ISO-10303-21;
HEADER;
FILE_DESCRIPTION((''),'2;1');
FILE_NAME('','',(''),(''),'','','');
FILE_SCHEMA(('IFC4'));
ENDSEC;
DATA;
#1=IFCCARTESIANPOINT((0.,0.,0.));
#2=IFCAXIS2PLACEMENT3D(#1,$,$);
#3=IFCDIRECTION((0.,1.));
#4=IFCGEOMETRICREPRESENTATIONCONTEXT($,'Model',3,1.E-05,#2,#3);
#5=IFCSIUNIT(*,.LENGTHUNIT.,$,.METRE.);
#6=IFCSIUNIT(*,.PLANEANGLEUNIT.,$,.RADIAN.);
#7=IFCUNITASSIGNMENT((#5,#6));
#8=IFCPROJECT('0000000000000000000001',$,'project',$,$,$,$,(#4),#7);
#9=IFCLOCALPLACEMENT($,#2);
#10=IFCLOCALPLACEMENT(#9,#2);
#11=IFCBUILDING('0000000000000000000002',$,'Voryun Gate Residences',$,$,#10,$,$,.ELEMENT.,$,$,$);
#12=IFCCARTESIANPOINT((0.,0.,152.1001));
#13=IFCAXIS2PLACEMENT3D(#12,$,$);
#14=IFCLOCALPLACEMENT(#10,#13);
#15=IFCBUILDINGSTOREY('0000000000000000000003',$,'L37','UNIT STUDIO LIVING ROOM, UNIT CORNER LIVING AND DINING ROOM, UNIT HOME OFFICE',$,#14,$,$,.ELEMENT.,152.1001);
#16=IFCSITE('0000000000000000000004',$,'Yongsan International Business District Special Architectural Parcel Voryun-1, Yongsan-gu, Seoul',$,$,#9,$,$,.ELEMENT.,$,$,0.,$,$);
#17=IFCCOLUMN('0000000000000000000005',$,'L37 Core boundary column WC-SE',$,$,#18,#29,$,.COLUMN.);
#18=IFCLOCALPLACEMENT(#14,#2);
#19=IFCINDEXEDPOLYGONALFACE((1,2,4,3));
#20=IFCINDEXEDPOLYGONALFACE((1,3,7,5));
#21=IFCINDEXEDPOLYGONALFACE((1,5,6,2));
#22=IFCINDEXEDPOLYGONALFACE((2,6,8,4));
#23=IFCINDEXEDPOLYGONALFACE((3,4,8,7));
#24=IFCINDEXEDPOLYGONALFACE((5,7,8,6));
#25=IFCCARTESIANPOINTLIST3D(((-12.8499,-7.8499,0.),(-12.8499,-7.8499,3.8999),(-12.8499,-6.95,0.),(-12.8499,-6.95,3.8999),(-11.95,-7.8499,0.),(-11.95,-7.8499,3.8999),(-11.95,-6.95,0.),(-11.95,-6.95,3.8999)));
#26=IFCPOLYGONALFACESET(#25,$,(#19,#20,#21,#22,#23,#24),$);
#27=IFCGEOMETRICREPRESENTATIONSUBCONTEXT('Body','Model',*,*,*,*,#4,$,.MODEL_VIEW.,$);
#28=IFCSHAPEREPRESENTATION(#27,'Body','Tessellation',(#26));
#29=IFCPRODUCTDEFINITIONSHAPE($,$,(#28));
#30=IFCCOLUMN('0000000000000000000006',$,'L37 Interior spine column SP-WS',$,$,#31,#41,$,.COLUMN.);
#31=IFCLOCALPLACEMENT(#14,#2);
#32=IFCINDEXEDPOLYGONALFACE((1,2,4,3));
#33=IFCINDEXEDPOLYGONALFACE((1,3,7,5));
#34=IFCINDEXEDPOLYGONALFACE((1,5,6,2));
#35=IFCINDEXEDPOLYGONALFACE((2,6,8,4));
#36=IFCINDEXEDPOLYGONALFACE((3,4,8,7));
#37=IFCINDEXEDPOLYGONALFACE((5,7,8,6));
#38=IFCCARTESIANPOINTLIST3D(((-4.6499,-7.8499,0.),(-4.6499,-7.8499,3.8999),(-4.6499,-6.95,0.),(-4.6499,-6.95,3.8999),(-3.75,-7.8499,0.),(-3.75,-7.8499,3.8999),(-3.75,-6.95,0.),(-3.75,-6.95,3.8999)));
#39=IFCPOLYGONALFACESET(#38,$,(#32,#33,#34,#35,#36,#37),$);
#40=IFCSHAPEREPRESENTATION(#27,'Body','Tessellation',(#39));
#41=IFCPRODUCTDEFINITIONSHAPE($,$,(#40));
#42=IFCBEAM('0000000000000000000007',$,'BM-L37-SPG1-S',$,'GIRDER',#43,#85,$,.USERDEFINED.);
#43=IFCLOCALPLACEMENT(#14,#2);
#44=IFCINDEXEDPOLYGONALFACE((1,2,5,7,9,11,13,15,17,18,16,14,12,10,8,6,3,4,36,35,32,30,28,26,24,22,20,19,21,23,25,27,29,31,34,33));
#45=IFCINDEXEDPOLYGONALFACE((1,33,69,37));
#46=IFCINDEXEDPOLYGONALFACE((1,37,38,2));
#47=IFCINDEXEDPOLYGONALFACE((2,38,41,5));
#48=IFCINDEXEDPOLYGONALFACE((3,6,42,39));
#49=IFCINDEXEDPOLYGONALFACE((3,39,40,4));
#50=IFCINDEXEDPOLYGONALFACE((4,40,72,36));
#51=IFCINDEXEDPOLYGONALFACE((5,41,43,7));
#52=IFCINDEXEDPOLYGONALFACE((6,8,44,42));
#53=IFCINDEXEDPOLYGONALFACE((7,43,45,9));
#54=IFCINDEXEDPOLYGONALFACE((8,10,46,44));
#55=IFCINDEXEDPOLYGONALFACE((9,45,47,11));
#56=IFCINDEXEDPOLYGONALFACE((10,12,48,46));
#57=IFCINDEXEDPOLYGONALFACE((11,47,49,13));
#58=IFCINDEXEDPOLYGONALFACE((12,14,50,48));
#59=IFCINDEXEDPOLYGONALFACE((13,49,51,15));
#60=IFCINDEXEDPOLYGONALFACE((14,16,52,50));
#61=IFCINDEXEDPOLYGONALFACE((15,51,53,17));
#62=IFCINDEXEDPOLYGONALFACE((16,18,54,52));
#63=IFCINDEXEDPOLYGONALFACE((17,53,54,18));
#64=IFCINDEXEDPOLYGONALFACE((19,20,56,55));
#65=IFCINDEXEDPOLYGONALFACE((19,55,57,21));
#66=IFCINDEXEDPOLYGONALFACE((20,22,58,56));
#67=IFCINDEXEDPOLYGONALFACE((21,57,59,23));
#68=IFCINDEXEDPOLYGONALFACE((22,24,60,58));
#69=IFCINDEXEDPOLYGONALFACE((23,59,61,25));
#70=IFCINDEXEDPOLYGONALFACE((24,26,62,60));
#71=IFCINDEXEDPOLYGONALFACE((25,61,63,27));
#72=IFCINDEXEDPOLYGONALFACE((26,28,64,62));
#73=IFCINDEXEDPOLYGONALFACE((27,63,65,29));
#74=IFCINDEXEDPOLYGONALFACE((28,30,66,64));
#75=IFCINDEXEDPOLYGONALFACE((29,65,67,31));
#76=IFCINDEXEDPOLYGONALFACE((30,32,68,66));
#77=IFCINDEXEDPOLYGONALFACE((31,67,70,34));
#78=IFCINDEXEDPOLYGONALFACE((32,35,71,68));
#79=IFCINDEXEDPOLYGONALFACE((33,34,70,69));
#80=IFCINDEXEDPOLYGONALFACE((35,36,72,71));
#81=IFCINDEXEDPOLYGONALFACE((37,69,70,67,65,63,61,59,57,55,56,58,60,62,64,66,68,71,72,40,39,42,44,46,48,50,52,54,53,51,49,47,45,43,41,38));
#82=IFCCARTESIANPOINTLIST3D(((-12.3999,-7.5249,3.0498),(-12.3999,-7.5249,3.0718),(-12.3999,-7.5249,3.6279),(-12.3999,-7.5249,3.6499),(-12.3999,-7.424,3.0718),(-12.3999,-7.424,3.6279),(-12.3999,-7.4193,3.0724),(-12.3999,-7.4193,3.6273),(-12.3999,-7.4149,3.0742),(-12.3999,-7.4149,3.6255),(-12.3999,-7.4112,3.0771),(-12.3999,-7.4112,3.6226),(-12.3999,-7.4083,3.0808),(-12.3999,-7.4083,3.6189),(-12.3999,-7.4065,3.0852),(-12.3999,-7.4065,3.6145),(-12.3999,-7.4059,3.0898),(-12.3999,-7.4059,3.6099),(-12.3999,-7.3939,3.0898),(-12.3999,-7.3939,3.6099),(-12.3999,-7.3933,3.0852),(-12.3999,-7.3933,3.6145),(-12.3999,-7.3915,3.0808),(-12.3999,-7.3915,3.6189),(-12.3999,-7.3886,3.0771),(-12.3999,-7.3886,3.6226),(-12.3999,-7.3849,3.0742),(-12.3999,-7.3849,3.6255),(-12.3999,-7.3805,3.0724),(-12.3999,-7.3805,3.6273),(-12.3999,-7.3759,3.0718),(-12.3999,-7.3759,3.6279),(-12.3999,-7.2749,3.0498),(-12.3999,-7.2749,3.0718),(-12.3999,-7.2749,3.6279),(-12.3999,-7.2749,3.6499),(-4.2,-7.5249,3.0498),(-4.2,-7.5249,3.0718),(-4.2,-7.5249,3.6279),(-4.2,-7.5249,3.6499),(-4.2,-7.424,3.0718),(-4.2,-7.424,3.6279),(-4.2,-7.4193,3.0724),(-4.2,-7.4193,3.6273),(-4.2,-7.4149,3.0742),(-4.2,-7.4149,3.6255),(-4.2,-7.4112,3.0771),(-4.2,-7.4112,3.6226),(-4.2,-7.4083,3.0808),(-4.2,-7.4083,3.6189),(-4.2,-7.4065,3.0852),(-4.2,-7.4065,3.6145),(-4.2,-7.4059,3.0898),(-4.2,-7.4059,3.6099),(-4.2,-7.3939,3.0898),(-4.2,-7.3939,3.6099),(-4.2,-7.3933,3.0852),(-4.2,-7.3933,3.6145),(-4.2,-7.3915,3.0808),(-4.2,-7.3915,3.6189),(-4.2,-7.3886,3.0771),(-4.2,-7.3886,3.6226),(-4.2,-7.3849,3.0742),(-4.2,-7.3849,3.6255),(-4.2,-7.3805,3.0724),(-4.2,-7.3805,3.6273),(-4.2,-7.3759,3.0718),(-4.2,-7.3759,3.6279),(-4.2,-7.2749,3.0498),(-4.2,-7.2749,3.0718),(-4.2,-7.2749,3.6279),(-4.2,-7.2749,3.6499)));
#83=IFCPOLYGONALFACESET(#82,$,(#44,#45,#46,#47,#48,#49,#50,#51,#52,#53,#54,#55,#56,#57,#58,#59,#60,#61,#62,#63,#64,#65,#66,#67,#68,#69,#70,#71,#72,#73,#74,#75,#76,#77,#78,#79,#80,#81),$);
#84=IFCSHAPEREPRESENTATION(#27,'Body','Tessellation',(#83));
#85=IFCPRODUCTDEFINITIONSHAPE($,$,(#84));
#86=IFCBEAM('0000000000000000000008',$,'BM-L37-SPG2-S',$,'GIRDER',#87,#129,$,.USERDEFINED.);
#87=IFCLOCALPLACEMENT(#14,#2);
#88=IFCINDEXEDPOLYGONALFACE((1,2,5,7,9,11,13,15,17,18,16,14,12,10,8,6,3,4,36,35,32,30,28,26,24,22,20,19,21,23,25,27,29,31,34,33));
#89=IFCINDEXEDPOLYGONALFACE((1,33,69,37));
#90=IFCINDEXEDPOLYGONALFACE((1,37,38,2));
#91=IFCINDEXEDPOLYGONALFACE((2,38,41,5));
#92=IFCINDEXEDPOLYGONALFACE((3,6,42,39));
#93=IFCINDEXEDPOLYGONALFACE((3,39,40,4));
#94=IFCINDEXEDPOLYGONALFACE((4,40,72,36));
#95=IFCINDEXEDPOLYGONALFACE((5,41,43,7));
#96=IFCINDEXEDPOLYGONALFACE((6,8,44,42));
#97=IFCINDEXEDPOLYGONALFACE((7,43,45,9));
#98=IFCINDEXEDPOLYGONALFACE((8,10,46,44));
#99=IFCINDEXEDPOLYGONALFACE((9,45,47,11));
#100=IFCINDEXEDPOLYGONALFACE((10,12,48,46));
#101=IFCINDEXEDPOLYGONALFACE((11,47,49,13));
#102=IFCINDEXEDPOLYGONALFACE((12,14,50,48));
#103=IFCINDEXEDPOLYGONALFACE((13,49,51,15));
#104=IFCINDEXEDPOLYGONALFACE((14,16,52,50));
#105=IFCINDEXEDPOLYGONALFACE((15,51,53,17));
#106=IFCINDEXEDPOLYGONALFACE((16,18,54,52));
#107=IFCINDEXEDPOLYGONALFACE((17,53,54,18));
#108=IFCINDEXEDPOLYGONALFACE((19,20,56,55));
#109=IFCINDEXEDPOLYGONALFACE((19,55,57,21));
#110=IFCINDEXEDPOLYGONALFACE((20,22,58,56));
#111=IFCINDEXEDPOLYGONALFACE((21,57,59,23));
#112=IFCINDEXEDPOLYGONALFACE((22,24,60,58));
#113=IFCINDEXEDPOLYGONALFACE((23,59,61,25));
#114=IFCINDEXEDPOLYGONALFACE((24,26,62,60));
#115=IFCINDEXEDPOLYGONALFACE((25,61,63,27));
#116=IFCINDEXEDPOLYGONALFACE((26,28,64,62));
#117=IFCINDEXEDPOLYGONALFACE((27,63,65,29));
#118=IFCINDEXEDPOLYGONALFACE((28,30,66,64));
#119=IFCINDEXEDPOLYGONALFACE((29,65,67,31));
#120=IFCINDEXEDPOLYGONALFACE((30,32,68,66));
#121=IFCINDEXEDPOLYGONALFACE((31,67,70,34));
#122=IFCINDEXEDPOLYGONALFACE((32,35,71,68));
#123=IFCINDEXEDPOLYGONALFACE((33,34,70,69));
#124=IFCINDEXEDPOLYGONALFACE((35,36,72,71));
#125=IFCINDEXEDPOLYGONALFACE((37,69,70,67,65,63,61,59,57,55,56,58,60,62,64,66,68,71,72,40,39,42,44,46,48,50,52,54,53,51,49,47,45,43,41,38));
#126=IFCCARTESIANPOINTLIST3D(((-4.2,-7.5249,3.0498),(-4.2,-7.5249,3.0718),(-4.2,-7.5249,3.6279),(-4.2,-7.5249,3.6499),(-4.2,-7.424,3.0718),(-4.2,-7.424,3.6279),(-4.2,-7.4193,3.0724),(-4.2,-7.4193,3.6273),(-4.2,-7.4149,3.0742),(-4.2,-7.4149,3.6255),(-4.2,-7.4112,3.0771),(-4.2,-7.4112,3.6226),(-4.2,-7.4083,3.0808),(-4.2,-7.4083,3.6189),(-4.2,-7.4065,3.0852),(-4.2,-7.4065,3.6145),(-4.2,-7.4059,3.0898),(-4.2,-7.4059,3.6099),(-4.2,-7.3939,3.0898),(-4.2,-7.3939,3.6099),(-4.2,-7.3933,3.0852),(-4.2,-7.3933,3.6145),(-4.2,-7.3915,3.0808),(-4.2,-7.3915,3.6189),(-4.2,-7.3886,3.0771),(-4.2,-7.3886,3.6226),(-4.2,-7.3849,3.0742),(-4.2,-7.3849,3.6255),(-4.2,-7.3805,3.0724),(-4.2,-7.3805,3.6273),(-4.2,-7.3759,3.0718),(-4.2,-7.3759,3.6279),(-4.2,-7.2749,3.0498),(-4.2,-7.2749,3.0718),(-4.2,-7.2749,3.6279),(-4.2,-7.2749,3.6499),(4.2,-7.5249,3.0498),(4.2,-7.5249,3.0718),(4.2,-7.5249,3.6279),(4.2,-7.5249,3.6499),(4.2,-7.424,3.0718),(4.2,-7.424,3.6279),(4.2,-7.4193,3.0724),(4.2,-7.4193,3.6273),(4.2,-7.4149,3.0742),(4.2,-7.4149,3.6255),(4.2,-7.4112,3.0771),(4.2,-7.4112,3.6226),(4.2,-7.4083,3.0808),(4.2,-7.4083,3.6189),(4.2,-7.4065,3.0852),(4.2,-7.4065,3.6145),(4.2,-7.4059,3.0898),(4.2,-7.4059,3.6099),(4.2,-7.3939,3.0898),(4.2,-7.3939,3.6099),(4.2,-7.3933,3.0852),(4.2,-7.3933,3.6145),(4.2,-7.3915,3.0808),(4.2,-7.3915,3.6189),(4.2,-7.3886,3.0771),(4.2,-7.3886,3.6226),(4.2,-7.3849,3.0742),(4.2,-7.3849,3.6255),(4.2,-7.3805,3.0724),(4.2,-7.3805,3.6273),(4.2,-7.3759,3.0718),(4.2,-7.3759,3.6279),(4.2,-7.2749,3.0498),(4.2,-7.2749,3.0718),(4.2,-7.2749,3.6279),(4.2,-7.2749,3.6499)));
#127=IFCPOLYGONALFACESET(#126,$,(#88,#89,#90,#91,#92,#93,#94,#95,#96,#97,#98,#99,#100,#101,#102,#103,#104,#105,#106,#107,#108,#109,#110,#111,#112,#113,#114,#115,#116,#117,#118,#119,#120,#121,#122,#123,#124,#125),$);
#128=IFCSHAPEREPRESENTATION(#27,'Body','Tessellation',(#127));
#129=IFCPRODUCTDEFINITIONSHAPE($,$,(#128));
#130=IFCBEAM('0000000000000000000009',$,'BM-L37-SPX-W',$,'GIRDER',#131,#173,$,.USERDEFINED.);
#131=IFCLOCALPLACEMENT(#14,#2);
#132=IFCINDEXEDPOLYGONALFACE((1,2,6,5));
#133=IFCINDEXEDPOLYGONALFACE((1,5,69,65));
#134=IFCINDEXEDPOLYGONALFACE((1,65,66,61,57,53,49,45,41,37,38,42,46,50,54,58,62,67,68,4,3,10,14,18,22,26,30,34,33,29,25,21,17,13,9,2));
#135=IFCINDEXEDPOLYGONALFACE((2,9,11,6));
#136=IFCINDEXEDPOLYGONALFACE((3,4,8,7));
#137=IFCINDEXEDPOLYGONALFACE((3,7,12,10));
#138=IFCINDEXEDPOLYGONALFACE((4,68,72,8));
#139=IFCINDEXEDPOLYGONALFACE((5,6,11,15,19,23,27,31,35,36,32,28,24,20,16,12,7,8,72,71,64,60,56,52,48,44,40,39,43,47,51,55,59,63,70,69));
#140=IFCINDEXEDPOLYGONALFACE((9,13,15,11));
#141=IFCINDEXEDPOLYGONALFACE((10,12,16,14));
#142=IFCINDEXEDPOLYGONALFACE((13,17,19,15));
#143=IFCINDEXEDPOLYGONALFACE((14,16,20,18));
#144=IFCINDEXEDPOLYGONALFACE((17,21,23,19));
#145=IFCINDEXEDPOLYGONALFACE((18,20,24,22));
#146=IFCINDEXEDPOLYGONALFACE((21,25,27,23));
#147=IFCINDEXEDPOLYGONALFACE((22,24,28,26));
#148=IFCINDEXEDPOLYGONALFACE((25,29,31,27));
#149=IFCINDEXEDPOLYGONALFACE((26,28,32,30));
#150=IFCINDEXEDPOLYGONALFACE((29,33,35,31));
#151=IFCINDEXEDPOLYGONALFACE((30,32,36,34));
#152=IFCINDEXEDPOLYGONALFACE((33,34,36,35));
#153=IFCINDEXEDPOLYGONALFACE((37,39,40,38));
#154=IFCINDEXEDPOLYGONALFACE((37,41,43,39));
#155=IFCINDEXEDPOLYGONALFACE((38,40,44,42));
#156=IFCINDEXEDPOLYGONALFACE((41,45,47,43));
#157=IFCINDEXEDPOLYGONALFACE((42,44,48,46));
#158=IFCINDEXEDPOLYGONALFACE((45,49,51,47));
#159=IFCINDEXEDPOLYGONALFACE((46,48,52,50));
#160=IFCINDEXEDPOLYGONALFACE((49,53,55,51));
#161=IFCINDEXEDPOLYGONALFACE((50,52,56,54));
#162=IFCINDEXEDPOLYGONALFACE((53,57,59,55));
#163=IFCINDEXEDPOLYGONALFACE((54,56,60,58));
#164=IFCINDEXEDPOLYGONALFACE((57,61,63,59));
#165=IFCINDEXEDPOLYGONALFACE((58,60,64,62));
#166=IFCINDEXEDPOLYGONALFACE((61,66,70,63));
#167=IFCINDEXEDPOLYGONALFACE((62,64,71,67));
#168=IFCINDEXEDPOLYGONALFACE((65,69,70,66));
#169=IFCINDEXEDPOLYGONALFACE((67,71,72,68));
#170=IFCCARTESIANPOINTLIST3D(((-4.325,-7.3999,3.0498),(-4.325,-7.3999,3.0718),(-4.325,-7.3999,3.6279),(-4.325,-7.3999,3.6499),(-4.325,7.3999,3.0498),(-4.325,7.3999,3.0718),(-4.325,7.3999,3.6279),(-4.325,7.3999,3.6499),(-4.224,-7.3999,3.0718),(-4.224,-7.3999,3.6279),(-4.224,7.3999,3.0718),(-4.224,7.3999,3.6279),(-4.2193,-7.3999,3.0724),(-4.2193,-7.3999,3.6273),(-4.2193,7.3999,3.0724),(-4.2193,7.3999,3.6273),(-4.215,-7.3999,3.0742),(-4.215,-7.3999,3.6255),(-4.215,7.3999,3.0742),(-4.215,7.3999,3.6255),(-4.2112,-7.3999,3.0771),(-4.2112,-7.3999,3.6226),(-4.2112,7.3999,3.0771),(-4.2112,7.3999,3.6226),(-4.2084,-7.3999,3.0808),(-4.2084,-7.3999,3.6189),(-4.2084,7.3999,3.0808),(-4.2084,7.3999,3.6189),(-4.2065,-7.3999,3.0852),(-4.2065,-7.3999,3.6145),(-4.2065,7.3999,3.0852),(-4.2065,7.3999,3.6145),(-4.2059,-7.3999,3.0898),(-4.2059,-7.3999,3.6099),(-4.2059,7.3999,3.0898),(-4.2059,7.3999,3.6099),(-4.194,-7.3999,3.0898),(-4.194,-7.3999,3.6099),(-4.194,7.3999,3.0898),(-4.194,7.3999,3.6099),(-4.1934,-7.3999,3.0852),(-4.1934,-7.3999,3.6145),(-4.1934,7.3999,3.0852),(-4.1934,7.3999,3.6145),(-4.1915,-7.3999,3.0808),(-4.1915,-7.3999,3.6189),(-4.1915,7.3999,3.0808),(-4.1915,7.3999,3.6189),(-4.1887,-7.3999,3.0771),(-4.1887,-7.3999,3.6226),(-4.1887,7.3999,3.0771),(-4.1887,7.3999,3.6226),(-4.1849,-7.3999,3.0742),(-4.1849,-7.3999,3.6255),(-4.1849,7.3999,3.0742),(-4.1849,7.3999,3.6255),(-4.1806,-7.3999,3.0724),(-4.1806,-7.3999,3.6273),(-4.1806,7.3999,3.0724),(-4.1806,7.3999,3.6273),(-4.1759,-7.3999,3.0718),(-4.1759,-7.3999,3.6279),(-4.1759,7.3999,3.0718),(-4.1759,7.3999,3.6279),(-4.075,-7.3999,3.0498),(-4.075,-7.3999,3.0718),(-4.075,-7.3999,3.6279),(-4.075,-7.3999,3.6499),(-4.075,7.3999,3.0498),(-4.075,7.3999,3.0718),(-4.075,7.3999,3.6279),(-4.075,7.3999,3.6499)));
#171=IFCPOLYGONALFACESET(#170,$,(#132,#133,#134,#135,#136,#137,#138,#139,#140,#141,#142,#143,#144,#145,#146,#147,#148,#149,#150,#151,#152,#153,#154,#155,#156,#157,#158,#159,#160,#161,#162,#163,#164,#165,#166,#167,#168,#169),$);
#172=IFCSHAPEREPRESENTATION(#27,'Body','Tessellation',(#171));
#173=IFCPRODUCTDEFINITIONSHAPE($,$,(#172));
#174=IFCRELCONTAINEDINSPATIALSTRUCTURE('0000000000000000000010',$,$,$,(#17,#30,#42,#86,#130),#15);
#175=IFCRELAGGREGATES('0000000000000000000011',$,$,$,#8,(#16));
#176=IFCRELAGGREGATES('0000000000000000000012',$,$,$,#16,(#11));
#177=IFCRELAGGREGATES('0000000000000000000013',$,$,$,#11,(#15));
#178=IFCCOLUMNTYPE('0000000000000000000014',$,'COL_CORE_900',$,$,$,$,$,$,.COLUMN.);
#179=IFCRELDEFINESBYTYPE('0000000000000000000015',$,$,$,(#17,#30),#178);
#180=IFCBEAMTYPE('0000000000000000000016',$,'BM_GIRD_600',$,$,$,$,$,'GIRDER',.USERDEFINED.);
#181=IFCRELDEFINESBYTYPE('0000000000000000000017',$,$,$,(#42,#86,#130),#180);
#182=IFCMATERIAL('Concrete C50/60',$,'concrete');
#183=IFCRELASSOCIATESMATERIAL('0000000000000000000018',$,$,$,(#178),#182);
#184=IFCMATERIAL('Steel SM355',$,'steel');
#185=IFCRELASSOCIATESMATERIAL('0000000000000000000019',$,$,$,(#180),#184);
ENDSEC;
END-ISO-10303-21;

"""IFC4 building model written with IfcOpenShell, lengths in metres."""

from ifc_helpers import new_model, si_unit, direction, frame, origin, origin_2d, place, context, subcontext, project, spatial, rectangle, i_section, extrude, material, material_profile, profile_set, type_object, element, save


model = new_model("IFC4")

# Units and contexts
model_context = context("Model", 3, precision=1e-05, world=origin(), true_north=direction((0.0, 1.0)))
body_context = subcontext(model_context, "Body", "Model", "MODEL_VIEW")
ifc_project = project(units=[si_unit("LENGTHUNIT", "METRE"), si_unit("PLANEANGLEUNIT", "RADIAN")], contexts=[model_context])

# Site, building, storey
site_placement = place(None, origin())
site = spatial("IfcSite", under=ifc_project, at=site_placement, Name="Yongsan International Business District Special Architectural Parcel Voryun-1, Yongsan-gu, Seoul", CompositionType="ELEMENT", RefElevation=0.0)
building_placement = place(site_placement, origin())
building = spatial("IfcBuilding", under=site, at=building_placement, Name="Voryun Gate Residences", CompositionType="ELEMENT")
storey_placement = place(building_placement, frame((0.0, 0.0, 152.1001)))
storey = spatial("IfcBuildingStorey", under=building, at=storey_placement, Name="L37", Description="UNIT STUDIO LIVING ROOM, UNIT CORNER LIVING AND DINING ROOM, UNIT HOME OFFICE", CompositionType="ELEMENT", Elevation=152.1001)

# Columns
ifc_material_1 = material(Name="Concrete C50/60", Category="concrete")
ifc_material_profile_1 = material_profile(ifc_material_1, rectangle(XDim=0.8999, YDim=0.8999, at=origin_2d()), Name="RC-900x900")
ifc_profile_set_1 = profile_set([ifc_material_profile_1], Name="Concrete C50/60")
column_type = type_object("IfcColumnType", Name="COL_CORE_900", PredefinedType="COLUMN", material=ifc_profile_set_1)
for number, where, z_axis, x_axis, name in (
    (1, (-12.3999, -7.3999, 0.0), (0.0, 0.0, 1.0), (1.0, 0.0, 0.0), "L37 Core boundary column WC-SE"),
    (2, (-4.2, -7.3999, 0.0), (0.0, 0.0, 1.0), (1.0, 0.0, 0.0), "L37 Interior spine column SP-WS"),
):
    element("IfcColumn", number, at=place(storey_placement, frame(where, z_axis=z_axis, x_axis=x_axis)), inside=storey, type_object=column_type, Name=name, PredefinedType="COLUMN", context=body_context, shape_type="SweptSolid", body=[
        extrude(rectangle(XDim=0.8999, YDim=0.8999, at=origin_2d()), origin(), (0.0, 0.0, 1.0), 3.8999),
    ])

# Beams
ifc_material_2 = material(Name="Steel SM355", Category="steel")
ifc_material_profile_2 = material_profile(ifc_material_2, i_section(OverallWidth=0.25, OverallDepth=0.6001, WebThickness=0.012, FlangeThickness=0.022, FilletRadius=0.0181, at=origin_2d()), Name="H-600x250x12x22")
ifc_profile_set_2 = profile_set([ifc_material_profile_2], Name="Steel SM355")
beam_type_1 = type_object("IfcBeamType", Name="BM_GIRD_600", ElementType="GIRDER", PredefinedType="USERDEFINED", material=ifc_profile_set_2)
beam_1_placement = place(storey_placement, frame((-12.3999, -7.3999, 3.3499), z_axis=(1.0, 0.0, 0.0), x_axis=(0.0, 1.0, 0.0)))
element("IfcBeam", 3, at=beam_1_placement, inside=storey, type_object=beam_type_1, Name="BM-L37-SPG1-S", ObjectType="GIRDER", PredefinedType="USERDEFINED", context=body_context, shape_type="SweptSolid", body=[
    extrude(i_section(OverallWidth=0.25, OverallDepth=0.6001, WebThickness=0.012, FlangeThickness=0.022, FilletRadius=0.0181, at=origin_2d()), origin(), (0.0, 0.0, 1.0), 8.2),
])
beam_2_placement = place(storey_placement, frame((-4.2, -7.3999, 3.3499), z_axis=(1.0, 0.0, 0.0), x_axis=(0.0, 1.0, 0.0)))
element("IfcBeam", 4, at=beam_2_placement, inside=storey, type_object=beam_type_1, Name="BM-L37-SPG2-S", ObjectType="GIRDER", PredefinedType="USERDEFINED", context=body_context, shape_type="SweptSolid", body=[
    extrude(i_section(OverallWidth=0.25, OverallDepth=0.6001, WebThickness=0.012, FlangeThickness=0.022, FilletRadius=0.0181, at=origin_2d()), origin(), (0.0, 0.0, 1.0), 8.3999),
])
beam_3_placement = place(storey_placement, frame((-4.2, -7.3999, 3.3499), z_axis=(0.0, 1.0, 0.0), x_axis=(-1.0, 0.0, 0.0)))
element("IfcBeam", 5, at=beam_3_placement, inside=storey, type_object=beam_type_1, Name="BM-L37-SPX-W", ObjectType="GIRDER", PredefinedType="USERDEFINED", context=body_context, shape_type="SweptSolid", body=[
    extrude(i_section(OverallWidth=0.25, OverallDepth=0.6001, WebThickness=0.012, FlangeThickness=0.022, FilletRadius=0.0181, at=origin_2d()), origin(), (0.0, 0.0, 1.0), 14.7998),
])

save(model, "model.ifc")
